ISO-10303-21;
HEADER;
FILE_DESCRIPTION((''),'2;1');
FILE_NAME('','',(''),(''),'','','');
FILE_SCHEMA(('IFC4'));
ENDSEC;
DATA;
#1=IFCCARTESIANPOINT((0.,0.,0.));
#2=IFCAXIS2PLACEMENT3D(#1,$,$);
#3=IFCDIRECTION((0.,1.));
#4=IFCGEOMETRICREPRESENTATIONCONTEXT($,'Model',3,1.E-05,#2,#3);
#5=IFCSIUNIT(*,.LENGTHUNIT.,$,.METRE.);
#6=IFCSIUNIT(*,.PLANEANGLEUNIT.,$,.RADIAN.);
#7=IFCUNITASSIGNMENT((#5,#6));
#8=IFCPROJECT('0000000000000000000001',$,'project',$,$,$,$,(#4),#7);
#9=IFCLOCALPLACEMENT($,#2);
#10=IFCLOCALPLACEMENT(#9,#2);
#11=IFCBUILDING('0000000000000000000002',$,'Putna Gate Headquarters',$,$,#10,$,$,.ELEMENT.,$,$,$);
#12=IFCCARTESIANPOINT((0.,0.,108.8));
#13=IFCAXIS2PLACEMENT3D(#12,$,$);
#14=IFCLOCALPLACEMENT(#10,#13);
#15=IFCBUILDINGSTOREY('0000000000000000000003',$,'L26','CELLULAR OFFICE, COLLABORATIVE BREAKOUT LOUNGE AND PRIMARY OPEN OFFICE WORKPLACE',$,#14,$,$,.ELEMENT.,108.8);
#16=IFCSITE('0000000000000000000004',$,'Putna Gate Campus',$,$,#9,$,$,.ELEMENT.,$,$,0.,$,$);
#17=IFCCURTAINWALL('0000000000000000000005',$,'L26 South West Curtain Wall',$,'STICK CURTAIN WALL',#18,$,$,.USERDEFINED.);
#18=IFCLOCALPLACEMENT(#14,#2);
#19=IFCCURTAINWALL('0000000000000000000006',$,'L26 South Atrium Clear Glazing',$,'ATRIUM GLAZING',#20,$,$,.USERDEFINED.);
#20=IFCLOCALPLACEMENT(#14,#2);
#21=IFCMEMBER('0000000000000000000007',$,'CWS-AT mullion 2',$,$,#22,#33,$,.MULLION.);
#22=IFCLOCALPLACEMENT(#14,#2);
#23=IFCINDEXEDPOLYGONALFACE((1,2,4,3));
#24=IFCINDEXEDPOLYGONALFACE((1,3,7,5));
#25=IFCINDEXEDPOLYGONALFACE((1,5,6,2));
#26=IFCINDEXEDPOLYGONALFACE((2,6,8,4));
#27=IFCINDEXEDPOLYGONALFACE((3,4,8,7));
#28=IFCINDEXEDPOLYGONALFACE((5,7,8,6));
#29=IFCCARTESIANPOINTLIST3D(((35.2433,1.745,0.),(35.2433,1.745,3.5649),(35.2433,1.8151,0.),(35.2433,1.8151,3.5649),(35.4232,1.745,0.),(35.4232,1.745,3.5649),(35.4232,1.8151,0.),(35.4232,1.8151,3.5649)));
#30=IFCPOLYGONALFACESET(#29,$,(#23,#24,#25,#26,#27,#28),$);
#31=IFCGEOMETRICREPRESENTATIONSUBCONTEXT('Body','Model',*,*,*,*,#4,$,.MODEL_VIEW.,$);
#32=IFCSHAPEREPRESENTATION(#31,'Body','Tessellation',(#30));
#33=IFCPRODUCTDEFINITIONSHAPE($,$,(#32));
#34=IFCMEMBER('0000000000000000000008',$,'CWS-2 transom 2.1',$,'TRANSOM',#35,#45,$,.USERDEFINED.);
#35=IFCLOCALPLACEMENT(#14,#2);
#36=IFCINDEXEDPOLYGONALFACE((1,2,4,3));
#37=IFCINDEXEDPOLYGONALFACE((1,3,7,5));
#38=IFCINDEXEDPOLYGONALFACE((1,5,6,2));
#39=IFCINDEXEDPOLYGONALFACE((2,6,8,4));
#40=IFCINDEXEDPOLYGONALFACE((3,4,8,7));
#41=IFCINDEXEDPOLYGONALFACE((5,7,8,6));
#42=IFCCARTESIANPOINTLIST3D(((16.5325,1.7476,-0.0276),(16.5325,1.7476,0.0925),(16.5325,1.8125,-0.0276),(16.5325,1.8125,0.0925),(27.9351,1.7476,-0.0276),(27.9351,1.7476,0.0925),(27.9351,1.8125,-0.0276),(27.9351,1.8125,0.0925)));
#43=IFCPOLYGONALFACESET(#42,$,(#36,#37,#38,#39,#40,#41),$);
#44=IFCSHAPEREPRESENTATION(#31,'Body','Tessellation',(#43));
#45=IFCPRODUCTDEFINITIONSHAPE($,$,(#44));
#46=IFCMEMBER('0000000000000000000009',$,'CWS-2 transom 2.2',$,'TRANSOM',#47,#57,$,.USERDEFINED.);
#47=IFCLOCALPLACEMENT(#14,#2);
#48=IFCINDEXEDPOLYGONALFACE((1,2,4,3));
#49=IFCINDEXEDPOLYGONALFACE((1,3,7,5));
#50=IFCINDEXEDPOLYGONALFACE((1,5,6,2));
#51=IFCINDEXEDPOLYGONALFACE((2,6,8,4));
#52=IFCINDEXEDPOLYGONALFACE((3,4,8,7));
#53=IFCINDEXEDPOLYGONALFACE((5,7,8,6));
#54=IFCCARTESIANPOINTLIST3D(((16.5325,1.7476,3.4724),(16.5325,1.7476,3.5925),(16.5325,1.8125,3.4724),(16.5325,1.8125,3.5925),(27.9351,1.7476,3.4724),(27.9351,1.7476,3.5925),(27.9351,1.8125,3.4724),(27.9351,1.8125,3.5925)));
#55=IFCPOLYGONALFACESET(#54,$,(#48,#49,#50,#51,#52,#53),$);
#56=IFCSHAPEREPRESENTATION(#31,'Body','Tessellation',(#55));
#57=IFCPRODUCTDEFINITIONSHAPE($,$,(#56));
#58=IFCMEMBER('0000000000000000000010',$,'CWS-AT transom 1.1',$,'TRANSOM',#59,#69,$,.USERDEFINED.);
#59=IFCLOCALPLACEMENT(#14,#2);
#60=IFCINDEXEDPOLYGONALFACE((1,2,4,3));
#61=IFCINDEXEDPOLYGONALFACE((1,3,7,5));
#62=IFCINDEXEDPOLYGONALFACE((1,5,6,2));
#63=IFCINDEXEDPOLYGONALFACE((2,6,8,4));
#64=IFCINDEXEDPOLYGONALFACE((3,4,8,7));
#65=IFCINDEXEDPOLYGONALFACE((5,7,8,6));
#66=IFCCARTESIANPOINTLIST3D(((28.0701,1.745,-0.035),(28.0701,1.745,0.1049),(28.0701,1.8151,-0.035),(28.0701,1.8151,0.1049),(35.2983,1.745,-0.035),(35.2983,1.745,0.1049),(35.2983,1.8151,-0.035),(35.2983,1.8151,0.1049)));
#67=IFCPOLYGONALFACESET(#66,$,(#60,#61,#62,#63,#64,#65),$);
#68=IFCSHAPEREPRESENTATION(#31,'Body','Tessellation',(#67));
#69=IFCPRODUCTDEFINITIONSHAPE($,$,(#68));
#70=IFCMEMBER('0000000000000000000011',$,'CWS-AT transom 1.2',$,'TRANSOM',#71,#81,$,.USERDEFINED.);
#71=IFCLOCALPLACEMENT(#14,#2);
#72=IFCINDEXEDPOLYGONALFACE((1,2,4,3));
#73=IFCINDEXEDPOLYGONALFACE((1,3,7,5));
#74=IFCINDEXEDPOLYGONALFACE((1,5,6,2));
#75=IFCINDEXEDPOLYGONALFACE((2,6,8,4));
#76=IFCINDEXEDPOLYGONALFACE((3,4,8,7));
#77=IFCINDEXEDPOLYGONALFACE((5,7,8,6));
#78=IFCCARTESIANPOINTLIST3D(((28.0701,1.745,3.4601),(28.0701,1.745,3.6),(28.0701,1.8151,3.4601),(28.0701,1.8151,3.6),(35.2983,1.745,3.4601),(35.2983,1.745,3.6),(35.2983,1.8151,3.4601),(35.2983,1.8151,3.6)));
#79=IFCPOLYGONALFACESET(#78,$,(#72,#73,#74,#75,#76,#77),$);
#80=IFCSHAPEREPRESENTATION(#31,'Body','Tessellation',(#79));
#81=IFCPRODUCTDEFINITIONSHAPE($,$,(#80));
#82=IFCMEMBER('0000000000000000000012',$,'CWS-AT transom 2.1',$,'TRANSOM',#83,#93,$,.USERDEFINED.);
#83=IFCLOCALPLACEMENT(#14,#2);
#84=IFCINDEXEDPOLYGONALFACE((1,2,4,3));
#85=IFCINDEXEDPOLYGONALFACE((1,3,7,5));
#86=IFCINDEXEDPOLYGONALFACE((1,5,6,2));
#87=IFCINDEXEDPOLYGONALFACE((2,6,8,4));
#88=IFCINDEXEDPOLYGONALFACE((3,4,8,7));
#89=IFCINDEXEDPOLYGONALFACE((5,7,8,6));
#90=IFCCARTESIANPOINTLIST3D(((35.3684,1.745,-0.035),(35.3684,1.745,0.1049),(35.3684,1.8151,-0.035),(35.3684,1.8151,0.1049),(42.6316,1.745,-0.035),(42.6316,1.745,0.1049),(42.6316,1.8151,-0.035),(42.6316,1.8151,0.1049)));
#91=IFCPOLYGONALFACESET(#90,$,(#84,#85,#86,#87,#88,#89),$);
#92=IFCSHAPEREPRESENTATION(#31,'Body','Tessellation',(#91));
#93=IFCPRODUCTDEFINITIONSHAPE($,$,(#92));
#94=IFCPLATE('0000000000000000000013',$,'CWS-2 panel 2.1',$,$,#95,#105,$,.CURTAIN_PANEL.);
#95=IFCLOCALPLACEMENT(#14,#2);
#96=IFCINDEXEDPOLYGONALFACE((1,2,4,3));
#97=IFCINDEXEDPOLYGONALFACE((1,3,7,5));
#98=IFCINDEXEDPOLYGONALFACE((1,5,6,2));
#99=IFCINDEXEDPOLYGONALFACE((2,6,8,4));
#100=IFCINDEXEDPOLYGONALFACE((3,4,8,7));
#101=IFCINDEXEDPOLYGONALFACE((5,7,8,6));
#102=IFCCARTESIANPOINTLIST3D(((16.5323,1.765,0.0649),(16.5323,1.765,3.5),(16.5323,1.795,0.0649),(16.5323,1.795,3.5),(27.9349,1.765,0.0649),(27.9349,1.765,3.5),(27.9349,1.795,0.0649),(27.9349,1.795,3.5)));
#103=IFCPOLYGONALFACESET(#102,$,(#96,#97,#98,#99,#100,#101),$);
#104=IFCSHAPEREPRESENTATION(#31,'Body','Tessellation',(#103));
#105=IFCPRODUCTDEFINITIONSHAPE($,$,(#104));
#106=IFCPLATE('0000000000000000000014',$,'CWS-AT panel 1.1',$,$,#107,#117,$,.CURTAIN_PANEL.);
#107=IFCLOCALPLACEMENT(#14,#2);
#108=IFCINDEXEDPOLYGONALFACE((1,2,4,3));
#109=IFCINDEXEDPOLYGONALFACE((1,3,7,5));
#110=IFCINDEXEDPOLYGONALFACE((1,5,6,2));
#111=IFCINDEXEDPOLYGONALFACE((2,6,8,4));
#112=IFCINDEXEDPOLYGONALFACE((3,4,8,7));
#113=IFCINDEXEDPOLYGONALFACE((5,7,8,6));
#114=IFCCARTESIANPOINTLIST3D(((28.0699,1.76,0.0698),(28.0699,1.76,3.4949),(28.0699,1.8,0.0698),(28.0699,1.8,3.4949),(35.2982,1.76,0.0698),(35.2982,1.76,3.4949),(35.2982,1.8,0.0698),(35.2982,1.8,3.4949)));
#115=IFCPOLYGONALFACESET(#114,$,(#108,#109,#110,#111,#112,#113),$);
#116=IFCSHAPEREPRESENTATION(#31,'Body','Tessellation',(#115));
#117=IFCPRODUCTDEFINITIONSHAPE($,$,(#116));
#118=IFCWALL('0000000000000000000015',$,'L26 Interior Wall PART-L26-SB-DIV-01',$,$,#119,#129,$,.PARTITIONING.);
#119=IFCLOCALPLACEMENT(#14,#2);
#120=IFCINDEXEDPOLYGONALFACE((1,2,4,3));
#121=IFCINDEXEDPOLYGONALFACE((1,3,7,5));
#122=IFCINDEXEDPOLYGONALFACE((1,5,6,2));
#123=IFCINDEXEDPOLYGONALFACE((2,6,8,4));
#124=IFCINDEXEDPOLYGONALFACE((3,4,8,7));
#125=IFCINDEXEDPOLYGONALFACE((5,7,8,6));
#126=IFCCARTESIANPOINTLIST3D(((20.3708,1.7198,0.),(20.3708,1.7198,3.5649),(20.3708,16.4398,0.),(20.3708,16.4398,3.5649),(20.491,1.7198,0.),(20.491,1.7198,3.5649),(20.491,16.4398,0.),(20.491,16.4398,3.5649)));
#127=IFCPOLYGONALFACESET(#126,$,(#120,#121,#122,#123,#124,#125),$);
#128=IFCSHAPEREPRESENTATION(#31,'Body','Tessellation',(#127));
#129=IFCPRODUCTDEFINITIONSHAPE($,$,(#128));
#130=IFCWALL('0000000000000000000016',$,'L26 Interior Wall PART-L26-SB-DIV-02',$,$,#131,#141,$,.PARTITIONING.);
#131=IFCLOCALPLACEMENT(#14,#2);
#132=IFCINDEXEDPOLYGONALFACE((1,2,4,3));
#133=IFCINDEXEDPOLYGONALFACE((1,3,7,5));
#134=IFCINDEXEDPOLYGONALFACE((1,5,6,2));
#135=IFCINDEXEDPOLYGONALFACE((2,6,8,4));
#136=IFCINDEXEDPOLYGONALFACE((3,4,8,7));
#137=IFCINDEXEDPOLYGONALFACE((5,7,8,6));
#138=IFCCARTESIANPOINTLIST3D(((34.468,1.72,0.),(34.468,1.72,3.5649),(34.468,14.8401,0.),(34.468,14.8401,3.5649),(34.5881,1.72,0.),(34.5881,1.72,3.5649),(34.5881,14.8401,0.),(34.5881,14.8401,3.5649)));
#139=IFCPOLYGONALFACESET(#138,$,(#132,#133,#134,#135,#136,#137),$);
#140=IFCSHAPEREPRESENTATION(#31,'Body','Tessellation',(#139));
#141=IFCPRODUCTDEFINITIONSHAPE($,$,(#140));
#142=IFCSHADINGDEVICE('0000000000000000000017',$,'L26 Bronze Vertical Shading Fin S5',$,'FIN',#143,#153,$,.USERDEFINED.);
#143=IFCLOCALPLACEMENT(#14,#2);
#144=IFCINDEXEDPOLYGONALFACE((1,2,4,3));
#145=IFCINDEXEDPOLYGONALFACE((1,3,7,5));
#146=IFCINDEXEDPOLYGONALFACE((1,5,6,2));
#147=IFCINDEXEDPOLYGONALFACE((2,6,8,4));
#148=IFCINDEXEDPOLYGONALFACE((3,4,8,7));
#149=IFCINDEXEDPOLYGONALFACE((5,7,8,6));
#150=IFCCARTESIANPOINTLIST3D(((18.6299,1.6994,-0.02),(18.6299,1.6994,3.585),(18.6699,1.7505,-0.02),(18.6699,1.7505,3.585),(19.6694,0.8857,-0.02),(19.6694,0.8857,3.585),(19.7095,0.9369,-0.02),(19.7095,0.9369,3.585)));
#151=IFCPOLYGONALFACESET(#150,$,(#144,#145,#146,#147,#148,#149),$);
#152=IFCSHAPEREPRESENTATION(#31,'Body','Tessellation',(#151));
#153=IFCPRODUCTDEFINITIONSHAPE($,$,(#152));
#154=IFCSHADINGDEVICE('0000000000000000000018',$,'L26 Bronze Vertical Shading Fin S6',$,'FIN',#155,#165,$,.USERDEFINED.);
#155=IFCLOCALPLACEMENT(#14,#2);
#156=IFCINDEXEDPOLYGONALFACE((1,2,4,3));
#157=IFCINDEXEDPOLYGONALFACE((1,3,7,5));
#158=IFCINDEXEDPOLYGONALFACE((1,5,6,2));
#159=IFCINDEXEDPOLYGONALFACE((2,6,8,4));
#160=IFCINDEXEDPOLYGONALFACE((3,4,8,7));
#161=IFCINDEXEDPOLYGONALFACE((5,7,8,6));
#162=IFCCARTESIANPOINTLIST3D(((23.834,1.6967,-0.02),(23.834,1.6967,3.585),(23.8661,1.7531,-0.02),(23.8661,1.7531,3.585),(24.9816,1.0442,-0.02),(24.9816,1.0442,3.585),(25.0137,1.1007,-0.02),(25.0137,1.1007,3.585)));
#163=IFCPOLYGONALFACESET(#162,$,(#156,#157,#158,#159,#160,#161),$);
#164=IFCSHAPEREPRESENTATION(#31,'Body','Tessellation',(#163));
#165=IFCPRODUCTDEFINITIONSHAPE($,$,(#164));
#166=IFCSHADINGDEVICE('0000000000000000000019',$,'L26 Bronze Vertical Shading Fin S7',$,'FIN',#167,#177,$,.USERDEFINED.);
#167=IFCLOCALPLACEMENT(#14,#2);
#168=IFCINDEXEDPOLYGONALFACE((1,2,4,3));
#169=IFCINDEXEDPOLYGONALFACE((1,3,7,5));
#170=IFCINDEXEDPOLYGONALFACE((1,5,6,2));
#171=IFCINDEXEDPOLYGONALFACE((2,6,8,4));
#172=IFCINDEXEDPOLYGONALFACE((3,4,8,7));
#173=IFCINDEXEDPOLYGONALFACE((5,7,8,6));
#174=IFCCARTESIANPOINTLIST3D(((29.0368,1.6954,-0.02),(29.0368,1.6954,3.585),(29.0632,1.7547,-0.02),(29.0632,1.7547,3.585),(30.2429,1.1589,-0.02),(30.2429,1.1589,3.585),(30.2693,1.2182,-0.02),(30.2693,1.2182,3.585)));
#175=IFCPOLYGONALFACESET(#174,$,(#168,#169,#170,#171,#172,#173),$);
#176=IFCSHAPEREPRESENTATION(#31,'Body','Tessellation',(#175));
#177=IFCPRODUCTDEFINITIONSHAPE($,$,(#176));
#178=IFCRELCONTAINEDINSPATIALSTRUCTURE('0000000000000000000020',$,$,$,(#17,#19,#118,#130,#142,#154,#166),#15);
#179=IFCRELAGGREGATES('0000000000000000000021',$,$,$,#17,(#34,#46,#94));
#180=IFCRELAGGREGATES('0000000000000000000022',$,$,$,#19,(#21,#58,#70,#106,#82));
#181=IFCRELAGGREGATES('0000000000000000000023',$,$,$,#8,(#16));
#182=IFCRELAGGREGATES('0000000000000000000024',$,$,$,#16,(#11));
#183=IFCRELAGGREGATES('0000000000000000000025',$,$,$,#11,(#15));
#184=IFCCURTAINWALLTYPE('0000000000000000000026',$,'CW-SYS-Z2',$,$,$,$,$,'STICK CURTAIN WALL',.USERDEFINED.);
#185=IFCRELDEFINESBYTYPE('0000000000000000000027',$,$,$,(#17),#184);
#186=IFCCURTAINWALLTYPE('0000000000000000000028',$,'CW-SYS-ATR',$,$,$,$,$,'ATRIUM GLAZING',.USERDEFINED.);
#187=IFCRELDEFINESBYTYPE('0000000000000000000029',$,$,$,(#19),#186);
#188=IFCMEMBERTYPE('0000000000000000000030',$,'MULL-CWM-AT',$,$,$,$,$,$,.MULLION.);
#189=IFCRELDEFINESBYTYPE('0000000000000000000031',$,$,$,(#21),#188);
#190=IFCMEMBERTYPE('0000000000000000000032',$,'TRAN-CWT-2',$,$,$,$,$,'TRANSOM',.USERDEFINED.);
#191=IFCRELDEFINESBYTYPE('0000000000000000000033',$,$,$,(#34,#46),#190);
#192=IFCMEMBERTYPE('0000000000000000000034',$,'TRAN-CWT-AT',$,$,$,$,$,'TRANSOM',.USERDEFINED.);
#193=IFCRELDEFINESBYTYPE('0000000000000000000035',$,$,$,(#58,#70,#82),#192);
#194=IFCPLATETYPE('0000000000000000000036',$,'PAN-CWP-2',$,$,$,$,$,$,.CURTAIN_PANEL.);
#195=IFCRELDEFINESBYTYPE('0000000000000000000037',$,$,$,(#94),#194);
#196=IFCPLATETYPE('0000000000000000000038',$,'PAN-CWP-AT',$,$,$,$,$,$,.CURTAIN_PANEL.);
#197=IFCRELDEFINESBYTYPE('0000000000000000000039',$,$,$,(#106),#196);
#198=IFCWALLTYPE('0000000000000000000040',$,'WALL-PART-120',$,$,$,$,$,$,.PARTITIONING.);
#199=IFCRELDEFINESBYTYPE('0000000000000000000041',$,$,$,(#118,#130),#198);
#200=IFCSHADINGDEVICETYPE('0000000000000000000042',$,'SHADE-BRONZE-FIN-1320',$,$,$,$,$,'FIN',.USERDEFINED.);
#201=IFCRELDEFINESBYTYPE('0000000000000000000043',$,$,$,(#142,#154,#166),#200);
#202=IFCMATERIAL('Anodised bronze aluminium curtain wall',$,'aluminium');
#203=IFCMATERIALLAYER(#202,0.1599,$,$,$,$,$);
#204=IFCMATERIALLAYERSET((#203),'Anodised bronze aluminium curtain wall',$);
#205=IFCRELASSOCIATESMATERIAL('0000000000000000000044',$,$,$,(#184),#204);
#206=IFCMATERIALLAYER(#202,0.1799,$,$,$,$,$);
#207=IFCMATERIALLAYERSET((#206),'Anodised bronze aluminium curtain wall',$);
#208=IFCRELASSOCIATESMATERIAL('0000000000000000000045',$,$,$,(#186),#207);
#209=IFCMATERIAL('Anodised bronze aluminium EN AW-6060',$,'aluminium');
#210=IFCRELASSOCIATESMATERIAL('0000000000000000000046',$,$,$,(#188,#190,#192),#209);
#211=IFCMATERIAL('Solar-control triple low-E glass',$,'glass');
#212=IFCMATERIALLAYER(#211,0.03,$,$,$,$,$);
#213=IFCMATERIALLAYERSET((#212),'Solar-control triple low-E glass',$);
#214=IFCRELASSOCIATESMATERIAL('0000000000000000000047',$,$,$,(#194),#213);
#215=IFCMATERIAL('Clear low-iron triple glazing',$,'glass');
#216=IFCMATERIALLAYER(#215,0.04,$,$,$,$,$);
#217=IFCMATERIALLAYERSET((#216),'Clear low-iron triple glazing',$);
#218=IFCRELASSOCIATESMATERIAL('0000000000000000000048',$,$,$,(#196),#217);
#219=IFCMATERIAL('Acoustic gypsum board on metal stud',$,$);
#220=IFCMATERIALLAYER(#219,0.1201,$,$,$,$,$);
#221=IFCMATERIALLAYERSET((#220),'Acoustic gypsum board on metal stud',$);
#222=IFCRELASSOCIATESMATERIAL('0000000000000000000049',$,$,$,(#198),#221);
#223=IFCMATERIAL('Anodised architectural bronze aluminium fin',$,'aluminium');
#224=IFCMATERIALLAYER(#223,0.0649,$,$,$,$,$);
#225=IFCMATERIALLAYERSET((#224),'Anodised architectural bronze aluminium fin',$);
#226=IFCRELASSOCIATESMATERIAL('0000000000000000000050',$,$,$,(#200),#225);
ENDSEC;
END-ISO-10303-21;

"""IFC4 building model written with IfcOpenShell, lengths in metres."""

from ifc_helpers import new_model, si_unit, direction, frame, frame_2d, origin, origin_2d, place, context, subcontext, project, spatial, rectangle, extrude, material, layer, layer_set, material_profile, profile_set, type_object, element, aggregate, save


model = new_model("IFC4")

# Units and contexts
model_context = context("Model", 3, precision=1e-05, world=origin(), true_north=direction((0.0, 1.0)))
body_context = subcontext(model_context, "Body", "Model", "MODEL_VIEW")
ifc_project = project(units=[si_unit("LENGTHUNIT", "METRE"), si_unit("PLANEANGLEUNIT", "RADIAN")], contexts=[model_context])

# Site, building, storey
site_placement = place(None, origin())
site = spatial("IfcSite", under=ifc_project, at=site_placement, Name="Putna Gate Campus", CompositionType="ELEMENT", RefElevation=0.0)
building_placement = place(site_placement, origin())
building = spatial("IfcBuilding", under=site, at=building_placement, Name="Putna Gate Headquarters", CompositionType="ELEMENT")
storey_placement = place(building_placement, frame((0.0, 0.0, 108.8)))
storey = spatial("IfcBuildingStorey", under=building, at=storey_placement, Name="L26", Description="CELLULAR OFFICE, COLLABORATIVE BREAKOUT LOUNGE AND PRIMARY OPEN OFFICE WORKPLACE", CompositionType="ELEMENT", Elevation=108.8)

# Curtain walls, member
ifc_material_1 = material(Name="Anodised bronze aluminium curtain wall", Category="aluminium")
ifc_layer_1 = layer(ifc_material_1, 0.1599)
ifc_layer_set_1 = layer_set([ifc_layer_1], Name="Anodised bronze aluminium curtain wall")
curtain_wall_type_1 = type_object("IfcCurtainWallType", Name="CW-SYS-Z2", ElementType="STICK CURTAIN WALL", PredefinedType="USERDEFINED", material=ifc_layer_set_1)
curtain_wall_1_placement = place(storey_placement, origin())
curtain_wall_1 = element("IfcCurtainWall", 1, at=curtain_wall_1_placement, inside=storey, type_object=curtain_wall_type_1, Name="L26 South West Curtain Wall", ObjectType="STICK CURTAIN WALL", PredefinedType="USERDEFINED")
ifc_material_2 = material(Name="Anodised bronze aluminium EN AW-6060", Category="aluminium")
ifc_layer_2 = layer(ifc_material_1, 0.1799)
ifc_layer_set_2 = layer_set([ifc_layer_2], Name="Anodised bronze aluminium curtain wall")
curtain_wall_type_2 = type_object("IfcCurtainWallType", Name="CW-SYS-ATR", ElementType="ATRIUM GLAZING", PredefinedType="USERDEFINED", material=ifc_layer_set_2)
curtain_wall_2_placement = place(storey_placement, origin())
curtain_wall_2 = element("IfcCurtainWall", 2, at=curtain_wall_2_placement, inside=storey, type_object=curtain_wall_type_2, Name="L26 South Atrium Clear Glazing", ObjectType="ATRIUM GLAZING", PredefinedType="USERDEFINED")
ifc_material_profile_1 = material_profile(ifc_material_2, rectangle(XDim=0.0701, YDim=0.1799, at=origin_2d()), Name="Anodised bronze aluminium EN AW-6060")
ifc_profile_set_1 = profile_set([ifc_material_profile_1], Name="Anodised bronze aluminium EN AW-6060")
member_type_1 = type_object("IfcMemberType", Name="MULL-CWM-AT", PredefinedType="MULLION", material=ifc_profile_set_1)
member_1_placement = place(storey_placement, frame((35.3333, 1.78, 0.0), z_axis=(0.0, 0.0, 1.0), x_axis=(0.0, 1.0, 0.0)))
member_1 = element("IfcMember", 3, at=member_1_placement, type_object=member_type_1, Name="CWS-AT mullion 2", PredefinedType="MULLION", context=body_context, shape_type="SweptSolid", body=[
    extrude(rectangle(XDim=0.0701, YDim=0.1799, at=origin_2d()), origin(), (0.0, 0.0, 1.0), 3.5649),
])

# Members
ifc_material_profile_2 = material_profile(ifc_material_2, rectangle(XDim=0.0649, YDim=0.1201, at=origin_2d()), Name="Anodised bronze aluminium EN AW-6060")
ifc_profile_set_2 = profile_set([ifc_material_profile_2], Name="Anodised bronze aluminium EN AW-6060")
member_type_2 = type_object("IfcMemberType", Name="TRAN-CWT-2", ElementType="TRANSOM", PredefinedType="USERDEFINED", material=ifc_profile_set_2)
member_2_placement = place(storey_placement, frame((16.5325, 1.78, 0.0325), z_axis=(1.0, 0.0, 0.0), x_axis=(0.0, 1.0, 0.0)))
member_2 = element("IfcMember", 4, at=member_2_placement, type_object=member_type_2, Name="CWS-2 transom 2.1", ObjectType="TRANSOM", PredefinedType="USERDEFINED", context=body_context, shape_type="SweptSolid", body=[
    extrude(rectangle(XDim=0.0649, YDim=0.1201, at=origin_2d()), origin(), (0.0, 0.0, 1.0), 11.4026),
])
member_3_placement = place(storey_placement, frame((16.5325, 1.78, 3.5325), z_axis=(1.0, 0.0, 0.0), x_axis=(0.0, 1.0, 0.0)))
member_3 = element("IfcMember", 5, at=member_3_placement, type_object=member_type_2, Name="CWS-2 transom 2.2", ObjectType="TRANSOM", PredefinedType="USERDEFINED", context=body_context, shape_type="SweptSolid", body=[
    extrude(rectangle(XDim=0.0649, YDim=0.1201, at=origin_2d()), origin(), (0.0, 0.0, 1.0), 11.4026),
])
ifc_material_profile_3 = material_profile(ifc_material_2, rectangle(XDim=0.0701, YDim=0.1399, at=origin_2d()), Name="Anodised bronze aluminium EN AW-6060")
ifc_profile_set_3 = profile_set([ifc_material_profile_3], Name="Anodised bronze aluminium EN AW-6060")
member_type_3 = type_object("IfcMemberType", Name="TRAN-CWT-AT", ElementType="TRANSOM", PredefinedType="USERDEFINED", material=ifc_profile_set_3)
member_4_placement = place(storey_placement, frame((28.0701, 1.78, 0.0349), z_axis=(1.0, 0.0, 0.0), x_axis=(0.0, 1.0, 0.0)))
member_4 = element("IfcMember", 6, at=member_4_placement, type_object=member_type_3, Name="CWS-AT transom 1.1", ObjectType="TRANSOM", PredefinedType="USERDEFINED", context=body_context, shape_type="SweptSolid", body=[
    extrude(rectangle(XDim=0.0701, YDim=0.1399, at=origin_2d()), origin(), (0.0, 0.0, 1.0), 7.2283),
])
member_5_placement = place(storey_placement, frame((28.0701, 1.78, 3.53), z_axis=(1.0, 0.0, 0.0), x_axis=(0.0, 1.0, 0.0)))
member_5 = element("IfcMember", 7, at=member_5_placement, type_object=member_type_3, Name="CWS-AT transom 1.2", ObjectType="TRANSOM", PredefinedType="USERDEFINED", context=body_context, shape_type="SweptSolid", body=[
    extrude(rectangle(XDim=0.0701, YDim=0.1399, at=origin_2d()), origin(), (0.0, 0.0, 1.0), 7.2283),
])
member_6_placement = place(storey_placement, frame((35.3684, 1.78, 0.0349), z_axis=(1.0, 0.0, 0.0), x_axis=(0.0, 1.0, 0.0)))
member_6 = element("IfcMember", 8, at=member_6_placement, type_object=member_type_3, Name="CWS-AT transom 2.1", ObjectType="TRANSOM", PredefinedType="USERDEFINED", context=body_context, shape_type="SweptSolid", body=[
    extrude(rectangle(XDim=0.0701, YDim=0.1399, at=origin_2d()), origin(), (0.0, 0.0, 1.0), 7.2632),
])

# Plates
ifc_material_3 = material(Name="Solar-control triple low-E glass", Category="glass")
ifc_layer_3 = layer(ifc_material_3, 0.03)
ifc_layer_set_3 = layer_set([ifc_layer_3], Name="Solar-control triple low-E glass")
plate_type_1 = type_object("IfcPlateType", Name="PAN-CWP-2", PredefinedType="CURTAIN_PANEL", material=ifc_layer_set_3)
plate_1_placement = place(storey_placement, frame((22.2336, 1.78, 0.0649), z_axis=(0.0, 0.0, 1.0), x_axis=(1.0, 0.0, 0.0)))
plate_1 = element("IfcPlate", 9, at=plate_1_placement, type_object=plate_type_1, Name="CWS-2 panel 2.1", PredefinedType="CURTAIN_PANEL", context=body_context, shape_type="SweptSolid", body=[
    extrude(rectangle(XDim=11.4026, YDim=0.03, at=origin_2d()), origin(), (0.0, 0.0, 1.0), 3.4351),
])
aggregate(curtain_wall_1, [member_2, member_3, plate_1])
ifc_material_4 = material(Name="Clear low-iron triple glazing", Category="glass")
ifc_layer_4 = layer(ifc_material_4, 0.04)
ifc_layer_set_4 = layer_set([ifc_layer_4], Name="Clear low-iron triple glazing")
plate_type_2 = type_object("IfcPlateType", Name="PAN-CWP-AT", PredefinedType="CURTAIN_PANEL", material=ifc_layer_set_4)
plate_2_placement = place(storey_placement, frame((31.6841, 1.78, 0.0698), z_axis=(0.0, 0.0, 1.0), x_axis=(1.0, 0.0, 0.0)))
plate_2 = element("IfcPlate", 10, at=plate_2_placement, type_object=plate_type_2, Name="CWS-AT panel 1.1", PredefinedType="CURTAIN_PANEL", context=body_context, shape_type="SweptSolid", body=[
    extrude(rectangle(XDim=7.2283, YDim=0.04, at=origin_2d()), origin(), (0.0, 0.0, 1.0), 3.425),
])
aggregate(curtain_wall_2, [member_1, member_4, member_5, plate_2, member_6])

# Walls
ifc_material_5 = material(Name="Acoustic gypsum board on metal stud")
ifc_layer_5 = layer(ifc_material_5, 0.1201)
ifc_layer_set_5 = layer_set([ifc_layer_5], Name="Acoustic gypsum board on metal stud")
wall_type = type_object("IfcWallType", Name="WALL-PART-120", PredefinedType="PARTITIONING", material=ifc_layer_set_5)
wall_1_placement = place(storey_placement, frame((20.4309, 1.72, 0.0), z_axis=(0.0, 0.0, 1.0), x_axis=(0.0, 1.0, 0.0)))
element("IfcWall", 11, at=wall_1_placement, inside=storey, type_object=wall_type, Name="L26 Interior Wall PART-L26-SB-DIV-01", PredefinedType="PARTITIONING", context=body_context, shape_type="SweptSolid", body=[
    extrude(rectangle(XDim=14.72, YDim=0.1201, at=frame_2d((7.3599, 0.0))), origin(), (0.0, 0.0, 1.0), 3.5649),
])
wall_2_placement = place(storey_placement, frame((34.5281, 1.72, 0.0), z_axis=(0.0, 0.0, 1.0), x_axis=(0.0, 1.0, 0.0)))
element("IfcWall", 12, at=wall_2_placement, inside=storey, type_object=wall_type, Name="L26 Interior Wall PART-L26-SB-DIV-02", PredefinedType="PARTITIONING", context=body_context, shape_type="SweptSolid", body=[
    extrude(rectangle(XDim=13.1201, YDim=0.1201, at=frame_2d((6.5601, 0.0))), origin(), (0.0, 0.0, 1.0), 3.5649),
])

# Shading devices
ifc_material_6 = material(Name="Anodised architectural bronze aluminium fin", Category="aluminium")
ifc_layer_6 = layer(ifc_material_6, 0.0649)
ifc_layer_set_6 = layer_set([ifc_layer_6], Name="Anodised architectural bronze aluminium fin")
shading_device_type = type_object("IfcShadingDeviceType", Name="SHADE-BRONZE-FIN-1320", ElementType="FIN", PredefinedType="USERDEFINED", material=ifc_layer_set_6)
for number, where, z_axis, x_axis, name in (
    (13, (19.1697, 1.3181, -0.02), (0.0, 0.0, 1.0), (0.787473, -0.616349, 0.0), "L26 Bronze Vertical Shading Fin S5"),
    (14, (24.4238, 1.3987, -0.02), (0.0, 0.0, 1.0), (0.869322, -0.494245, 0.0), "L26 Bronze Vertical Shading Fin S6"),
    (15, (29.6531, 1.4568, -0.02), (0.0, 0.0, 1.0), (0.913687, -0.406418, 0.0), "L26 Bronze Vertical Shading Fin S7"),
):
    element("IfcShadingDevice", number, at=place(storey_placement, frame(where, z_axis=z_axis, x_axis=x_axis)), inside=storey, type_object=shading_device_type, Name=name, ObjectType="FIN", PredefinedType="USERDEFINED", context=body_context, shape_type="SweptSolid", body=[
        extrude(rectangle(XDim=1.3201, YDim=0.0649, at=origin_2d()), origin(), (0.0, 0.0, 1.0), 3.605),
    ])

save(model, "model.ifc")
